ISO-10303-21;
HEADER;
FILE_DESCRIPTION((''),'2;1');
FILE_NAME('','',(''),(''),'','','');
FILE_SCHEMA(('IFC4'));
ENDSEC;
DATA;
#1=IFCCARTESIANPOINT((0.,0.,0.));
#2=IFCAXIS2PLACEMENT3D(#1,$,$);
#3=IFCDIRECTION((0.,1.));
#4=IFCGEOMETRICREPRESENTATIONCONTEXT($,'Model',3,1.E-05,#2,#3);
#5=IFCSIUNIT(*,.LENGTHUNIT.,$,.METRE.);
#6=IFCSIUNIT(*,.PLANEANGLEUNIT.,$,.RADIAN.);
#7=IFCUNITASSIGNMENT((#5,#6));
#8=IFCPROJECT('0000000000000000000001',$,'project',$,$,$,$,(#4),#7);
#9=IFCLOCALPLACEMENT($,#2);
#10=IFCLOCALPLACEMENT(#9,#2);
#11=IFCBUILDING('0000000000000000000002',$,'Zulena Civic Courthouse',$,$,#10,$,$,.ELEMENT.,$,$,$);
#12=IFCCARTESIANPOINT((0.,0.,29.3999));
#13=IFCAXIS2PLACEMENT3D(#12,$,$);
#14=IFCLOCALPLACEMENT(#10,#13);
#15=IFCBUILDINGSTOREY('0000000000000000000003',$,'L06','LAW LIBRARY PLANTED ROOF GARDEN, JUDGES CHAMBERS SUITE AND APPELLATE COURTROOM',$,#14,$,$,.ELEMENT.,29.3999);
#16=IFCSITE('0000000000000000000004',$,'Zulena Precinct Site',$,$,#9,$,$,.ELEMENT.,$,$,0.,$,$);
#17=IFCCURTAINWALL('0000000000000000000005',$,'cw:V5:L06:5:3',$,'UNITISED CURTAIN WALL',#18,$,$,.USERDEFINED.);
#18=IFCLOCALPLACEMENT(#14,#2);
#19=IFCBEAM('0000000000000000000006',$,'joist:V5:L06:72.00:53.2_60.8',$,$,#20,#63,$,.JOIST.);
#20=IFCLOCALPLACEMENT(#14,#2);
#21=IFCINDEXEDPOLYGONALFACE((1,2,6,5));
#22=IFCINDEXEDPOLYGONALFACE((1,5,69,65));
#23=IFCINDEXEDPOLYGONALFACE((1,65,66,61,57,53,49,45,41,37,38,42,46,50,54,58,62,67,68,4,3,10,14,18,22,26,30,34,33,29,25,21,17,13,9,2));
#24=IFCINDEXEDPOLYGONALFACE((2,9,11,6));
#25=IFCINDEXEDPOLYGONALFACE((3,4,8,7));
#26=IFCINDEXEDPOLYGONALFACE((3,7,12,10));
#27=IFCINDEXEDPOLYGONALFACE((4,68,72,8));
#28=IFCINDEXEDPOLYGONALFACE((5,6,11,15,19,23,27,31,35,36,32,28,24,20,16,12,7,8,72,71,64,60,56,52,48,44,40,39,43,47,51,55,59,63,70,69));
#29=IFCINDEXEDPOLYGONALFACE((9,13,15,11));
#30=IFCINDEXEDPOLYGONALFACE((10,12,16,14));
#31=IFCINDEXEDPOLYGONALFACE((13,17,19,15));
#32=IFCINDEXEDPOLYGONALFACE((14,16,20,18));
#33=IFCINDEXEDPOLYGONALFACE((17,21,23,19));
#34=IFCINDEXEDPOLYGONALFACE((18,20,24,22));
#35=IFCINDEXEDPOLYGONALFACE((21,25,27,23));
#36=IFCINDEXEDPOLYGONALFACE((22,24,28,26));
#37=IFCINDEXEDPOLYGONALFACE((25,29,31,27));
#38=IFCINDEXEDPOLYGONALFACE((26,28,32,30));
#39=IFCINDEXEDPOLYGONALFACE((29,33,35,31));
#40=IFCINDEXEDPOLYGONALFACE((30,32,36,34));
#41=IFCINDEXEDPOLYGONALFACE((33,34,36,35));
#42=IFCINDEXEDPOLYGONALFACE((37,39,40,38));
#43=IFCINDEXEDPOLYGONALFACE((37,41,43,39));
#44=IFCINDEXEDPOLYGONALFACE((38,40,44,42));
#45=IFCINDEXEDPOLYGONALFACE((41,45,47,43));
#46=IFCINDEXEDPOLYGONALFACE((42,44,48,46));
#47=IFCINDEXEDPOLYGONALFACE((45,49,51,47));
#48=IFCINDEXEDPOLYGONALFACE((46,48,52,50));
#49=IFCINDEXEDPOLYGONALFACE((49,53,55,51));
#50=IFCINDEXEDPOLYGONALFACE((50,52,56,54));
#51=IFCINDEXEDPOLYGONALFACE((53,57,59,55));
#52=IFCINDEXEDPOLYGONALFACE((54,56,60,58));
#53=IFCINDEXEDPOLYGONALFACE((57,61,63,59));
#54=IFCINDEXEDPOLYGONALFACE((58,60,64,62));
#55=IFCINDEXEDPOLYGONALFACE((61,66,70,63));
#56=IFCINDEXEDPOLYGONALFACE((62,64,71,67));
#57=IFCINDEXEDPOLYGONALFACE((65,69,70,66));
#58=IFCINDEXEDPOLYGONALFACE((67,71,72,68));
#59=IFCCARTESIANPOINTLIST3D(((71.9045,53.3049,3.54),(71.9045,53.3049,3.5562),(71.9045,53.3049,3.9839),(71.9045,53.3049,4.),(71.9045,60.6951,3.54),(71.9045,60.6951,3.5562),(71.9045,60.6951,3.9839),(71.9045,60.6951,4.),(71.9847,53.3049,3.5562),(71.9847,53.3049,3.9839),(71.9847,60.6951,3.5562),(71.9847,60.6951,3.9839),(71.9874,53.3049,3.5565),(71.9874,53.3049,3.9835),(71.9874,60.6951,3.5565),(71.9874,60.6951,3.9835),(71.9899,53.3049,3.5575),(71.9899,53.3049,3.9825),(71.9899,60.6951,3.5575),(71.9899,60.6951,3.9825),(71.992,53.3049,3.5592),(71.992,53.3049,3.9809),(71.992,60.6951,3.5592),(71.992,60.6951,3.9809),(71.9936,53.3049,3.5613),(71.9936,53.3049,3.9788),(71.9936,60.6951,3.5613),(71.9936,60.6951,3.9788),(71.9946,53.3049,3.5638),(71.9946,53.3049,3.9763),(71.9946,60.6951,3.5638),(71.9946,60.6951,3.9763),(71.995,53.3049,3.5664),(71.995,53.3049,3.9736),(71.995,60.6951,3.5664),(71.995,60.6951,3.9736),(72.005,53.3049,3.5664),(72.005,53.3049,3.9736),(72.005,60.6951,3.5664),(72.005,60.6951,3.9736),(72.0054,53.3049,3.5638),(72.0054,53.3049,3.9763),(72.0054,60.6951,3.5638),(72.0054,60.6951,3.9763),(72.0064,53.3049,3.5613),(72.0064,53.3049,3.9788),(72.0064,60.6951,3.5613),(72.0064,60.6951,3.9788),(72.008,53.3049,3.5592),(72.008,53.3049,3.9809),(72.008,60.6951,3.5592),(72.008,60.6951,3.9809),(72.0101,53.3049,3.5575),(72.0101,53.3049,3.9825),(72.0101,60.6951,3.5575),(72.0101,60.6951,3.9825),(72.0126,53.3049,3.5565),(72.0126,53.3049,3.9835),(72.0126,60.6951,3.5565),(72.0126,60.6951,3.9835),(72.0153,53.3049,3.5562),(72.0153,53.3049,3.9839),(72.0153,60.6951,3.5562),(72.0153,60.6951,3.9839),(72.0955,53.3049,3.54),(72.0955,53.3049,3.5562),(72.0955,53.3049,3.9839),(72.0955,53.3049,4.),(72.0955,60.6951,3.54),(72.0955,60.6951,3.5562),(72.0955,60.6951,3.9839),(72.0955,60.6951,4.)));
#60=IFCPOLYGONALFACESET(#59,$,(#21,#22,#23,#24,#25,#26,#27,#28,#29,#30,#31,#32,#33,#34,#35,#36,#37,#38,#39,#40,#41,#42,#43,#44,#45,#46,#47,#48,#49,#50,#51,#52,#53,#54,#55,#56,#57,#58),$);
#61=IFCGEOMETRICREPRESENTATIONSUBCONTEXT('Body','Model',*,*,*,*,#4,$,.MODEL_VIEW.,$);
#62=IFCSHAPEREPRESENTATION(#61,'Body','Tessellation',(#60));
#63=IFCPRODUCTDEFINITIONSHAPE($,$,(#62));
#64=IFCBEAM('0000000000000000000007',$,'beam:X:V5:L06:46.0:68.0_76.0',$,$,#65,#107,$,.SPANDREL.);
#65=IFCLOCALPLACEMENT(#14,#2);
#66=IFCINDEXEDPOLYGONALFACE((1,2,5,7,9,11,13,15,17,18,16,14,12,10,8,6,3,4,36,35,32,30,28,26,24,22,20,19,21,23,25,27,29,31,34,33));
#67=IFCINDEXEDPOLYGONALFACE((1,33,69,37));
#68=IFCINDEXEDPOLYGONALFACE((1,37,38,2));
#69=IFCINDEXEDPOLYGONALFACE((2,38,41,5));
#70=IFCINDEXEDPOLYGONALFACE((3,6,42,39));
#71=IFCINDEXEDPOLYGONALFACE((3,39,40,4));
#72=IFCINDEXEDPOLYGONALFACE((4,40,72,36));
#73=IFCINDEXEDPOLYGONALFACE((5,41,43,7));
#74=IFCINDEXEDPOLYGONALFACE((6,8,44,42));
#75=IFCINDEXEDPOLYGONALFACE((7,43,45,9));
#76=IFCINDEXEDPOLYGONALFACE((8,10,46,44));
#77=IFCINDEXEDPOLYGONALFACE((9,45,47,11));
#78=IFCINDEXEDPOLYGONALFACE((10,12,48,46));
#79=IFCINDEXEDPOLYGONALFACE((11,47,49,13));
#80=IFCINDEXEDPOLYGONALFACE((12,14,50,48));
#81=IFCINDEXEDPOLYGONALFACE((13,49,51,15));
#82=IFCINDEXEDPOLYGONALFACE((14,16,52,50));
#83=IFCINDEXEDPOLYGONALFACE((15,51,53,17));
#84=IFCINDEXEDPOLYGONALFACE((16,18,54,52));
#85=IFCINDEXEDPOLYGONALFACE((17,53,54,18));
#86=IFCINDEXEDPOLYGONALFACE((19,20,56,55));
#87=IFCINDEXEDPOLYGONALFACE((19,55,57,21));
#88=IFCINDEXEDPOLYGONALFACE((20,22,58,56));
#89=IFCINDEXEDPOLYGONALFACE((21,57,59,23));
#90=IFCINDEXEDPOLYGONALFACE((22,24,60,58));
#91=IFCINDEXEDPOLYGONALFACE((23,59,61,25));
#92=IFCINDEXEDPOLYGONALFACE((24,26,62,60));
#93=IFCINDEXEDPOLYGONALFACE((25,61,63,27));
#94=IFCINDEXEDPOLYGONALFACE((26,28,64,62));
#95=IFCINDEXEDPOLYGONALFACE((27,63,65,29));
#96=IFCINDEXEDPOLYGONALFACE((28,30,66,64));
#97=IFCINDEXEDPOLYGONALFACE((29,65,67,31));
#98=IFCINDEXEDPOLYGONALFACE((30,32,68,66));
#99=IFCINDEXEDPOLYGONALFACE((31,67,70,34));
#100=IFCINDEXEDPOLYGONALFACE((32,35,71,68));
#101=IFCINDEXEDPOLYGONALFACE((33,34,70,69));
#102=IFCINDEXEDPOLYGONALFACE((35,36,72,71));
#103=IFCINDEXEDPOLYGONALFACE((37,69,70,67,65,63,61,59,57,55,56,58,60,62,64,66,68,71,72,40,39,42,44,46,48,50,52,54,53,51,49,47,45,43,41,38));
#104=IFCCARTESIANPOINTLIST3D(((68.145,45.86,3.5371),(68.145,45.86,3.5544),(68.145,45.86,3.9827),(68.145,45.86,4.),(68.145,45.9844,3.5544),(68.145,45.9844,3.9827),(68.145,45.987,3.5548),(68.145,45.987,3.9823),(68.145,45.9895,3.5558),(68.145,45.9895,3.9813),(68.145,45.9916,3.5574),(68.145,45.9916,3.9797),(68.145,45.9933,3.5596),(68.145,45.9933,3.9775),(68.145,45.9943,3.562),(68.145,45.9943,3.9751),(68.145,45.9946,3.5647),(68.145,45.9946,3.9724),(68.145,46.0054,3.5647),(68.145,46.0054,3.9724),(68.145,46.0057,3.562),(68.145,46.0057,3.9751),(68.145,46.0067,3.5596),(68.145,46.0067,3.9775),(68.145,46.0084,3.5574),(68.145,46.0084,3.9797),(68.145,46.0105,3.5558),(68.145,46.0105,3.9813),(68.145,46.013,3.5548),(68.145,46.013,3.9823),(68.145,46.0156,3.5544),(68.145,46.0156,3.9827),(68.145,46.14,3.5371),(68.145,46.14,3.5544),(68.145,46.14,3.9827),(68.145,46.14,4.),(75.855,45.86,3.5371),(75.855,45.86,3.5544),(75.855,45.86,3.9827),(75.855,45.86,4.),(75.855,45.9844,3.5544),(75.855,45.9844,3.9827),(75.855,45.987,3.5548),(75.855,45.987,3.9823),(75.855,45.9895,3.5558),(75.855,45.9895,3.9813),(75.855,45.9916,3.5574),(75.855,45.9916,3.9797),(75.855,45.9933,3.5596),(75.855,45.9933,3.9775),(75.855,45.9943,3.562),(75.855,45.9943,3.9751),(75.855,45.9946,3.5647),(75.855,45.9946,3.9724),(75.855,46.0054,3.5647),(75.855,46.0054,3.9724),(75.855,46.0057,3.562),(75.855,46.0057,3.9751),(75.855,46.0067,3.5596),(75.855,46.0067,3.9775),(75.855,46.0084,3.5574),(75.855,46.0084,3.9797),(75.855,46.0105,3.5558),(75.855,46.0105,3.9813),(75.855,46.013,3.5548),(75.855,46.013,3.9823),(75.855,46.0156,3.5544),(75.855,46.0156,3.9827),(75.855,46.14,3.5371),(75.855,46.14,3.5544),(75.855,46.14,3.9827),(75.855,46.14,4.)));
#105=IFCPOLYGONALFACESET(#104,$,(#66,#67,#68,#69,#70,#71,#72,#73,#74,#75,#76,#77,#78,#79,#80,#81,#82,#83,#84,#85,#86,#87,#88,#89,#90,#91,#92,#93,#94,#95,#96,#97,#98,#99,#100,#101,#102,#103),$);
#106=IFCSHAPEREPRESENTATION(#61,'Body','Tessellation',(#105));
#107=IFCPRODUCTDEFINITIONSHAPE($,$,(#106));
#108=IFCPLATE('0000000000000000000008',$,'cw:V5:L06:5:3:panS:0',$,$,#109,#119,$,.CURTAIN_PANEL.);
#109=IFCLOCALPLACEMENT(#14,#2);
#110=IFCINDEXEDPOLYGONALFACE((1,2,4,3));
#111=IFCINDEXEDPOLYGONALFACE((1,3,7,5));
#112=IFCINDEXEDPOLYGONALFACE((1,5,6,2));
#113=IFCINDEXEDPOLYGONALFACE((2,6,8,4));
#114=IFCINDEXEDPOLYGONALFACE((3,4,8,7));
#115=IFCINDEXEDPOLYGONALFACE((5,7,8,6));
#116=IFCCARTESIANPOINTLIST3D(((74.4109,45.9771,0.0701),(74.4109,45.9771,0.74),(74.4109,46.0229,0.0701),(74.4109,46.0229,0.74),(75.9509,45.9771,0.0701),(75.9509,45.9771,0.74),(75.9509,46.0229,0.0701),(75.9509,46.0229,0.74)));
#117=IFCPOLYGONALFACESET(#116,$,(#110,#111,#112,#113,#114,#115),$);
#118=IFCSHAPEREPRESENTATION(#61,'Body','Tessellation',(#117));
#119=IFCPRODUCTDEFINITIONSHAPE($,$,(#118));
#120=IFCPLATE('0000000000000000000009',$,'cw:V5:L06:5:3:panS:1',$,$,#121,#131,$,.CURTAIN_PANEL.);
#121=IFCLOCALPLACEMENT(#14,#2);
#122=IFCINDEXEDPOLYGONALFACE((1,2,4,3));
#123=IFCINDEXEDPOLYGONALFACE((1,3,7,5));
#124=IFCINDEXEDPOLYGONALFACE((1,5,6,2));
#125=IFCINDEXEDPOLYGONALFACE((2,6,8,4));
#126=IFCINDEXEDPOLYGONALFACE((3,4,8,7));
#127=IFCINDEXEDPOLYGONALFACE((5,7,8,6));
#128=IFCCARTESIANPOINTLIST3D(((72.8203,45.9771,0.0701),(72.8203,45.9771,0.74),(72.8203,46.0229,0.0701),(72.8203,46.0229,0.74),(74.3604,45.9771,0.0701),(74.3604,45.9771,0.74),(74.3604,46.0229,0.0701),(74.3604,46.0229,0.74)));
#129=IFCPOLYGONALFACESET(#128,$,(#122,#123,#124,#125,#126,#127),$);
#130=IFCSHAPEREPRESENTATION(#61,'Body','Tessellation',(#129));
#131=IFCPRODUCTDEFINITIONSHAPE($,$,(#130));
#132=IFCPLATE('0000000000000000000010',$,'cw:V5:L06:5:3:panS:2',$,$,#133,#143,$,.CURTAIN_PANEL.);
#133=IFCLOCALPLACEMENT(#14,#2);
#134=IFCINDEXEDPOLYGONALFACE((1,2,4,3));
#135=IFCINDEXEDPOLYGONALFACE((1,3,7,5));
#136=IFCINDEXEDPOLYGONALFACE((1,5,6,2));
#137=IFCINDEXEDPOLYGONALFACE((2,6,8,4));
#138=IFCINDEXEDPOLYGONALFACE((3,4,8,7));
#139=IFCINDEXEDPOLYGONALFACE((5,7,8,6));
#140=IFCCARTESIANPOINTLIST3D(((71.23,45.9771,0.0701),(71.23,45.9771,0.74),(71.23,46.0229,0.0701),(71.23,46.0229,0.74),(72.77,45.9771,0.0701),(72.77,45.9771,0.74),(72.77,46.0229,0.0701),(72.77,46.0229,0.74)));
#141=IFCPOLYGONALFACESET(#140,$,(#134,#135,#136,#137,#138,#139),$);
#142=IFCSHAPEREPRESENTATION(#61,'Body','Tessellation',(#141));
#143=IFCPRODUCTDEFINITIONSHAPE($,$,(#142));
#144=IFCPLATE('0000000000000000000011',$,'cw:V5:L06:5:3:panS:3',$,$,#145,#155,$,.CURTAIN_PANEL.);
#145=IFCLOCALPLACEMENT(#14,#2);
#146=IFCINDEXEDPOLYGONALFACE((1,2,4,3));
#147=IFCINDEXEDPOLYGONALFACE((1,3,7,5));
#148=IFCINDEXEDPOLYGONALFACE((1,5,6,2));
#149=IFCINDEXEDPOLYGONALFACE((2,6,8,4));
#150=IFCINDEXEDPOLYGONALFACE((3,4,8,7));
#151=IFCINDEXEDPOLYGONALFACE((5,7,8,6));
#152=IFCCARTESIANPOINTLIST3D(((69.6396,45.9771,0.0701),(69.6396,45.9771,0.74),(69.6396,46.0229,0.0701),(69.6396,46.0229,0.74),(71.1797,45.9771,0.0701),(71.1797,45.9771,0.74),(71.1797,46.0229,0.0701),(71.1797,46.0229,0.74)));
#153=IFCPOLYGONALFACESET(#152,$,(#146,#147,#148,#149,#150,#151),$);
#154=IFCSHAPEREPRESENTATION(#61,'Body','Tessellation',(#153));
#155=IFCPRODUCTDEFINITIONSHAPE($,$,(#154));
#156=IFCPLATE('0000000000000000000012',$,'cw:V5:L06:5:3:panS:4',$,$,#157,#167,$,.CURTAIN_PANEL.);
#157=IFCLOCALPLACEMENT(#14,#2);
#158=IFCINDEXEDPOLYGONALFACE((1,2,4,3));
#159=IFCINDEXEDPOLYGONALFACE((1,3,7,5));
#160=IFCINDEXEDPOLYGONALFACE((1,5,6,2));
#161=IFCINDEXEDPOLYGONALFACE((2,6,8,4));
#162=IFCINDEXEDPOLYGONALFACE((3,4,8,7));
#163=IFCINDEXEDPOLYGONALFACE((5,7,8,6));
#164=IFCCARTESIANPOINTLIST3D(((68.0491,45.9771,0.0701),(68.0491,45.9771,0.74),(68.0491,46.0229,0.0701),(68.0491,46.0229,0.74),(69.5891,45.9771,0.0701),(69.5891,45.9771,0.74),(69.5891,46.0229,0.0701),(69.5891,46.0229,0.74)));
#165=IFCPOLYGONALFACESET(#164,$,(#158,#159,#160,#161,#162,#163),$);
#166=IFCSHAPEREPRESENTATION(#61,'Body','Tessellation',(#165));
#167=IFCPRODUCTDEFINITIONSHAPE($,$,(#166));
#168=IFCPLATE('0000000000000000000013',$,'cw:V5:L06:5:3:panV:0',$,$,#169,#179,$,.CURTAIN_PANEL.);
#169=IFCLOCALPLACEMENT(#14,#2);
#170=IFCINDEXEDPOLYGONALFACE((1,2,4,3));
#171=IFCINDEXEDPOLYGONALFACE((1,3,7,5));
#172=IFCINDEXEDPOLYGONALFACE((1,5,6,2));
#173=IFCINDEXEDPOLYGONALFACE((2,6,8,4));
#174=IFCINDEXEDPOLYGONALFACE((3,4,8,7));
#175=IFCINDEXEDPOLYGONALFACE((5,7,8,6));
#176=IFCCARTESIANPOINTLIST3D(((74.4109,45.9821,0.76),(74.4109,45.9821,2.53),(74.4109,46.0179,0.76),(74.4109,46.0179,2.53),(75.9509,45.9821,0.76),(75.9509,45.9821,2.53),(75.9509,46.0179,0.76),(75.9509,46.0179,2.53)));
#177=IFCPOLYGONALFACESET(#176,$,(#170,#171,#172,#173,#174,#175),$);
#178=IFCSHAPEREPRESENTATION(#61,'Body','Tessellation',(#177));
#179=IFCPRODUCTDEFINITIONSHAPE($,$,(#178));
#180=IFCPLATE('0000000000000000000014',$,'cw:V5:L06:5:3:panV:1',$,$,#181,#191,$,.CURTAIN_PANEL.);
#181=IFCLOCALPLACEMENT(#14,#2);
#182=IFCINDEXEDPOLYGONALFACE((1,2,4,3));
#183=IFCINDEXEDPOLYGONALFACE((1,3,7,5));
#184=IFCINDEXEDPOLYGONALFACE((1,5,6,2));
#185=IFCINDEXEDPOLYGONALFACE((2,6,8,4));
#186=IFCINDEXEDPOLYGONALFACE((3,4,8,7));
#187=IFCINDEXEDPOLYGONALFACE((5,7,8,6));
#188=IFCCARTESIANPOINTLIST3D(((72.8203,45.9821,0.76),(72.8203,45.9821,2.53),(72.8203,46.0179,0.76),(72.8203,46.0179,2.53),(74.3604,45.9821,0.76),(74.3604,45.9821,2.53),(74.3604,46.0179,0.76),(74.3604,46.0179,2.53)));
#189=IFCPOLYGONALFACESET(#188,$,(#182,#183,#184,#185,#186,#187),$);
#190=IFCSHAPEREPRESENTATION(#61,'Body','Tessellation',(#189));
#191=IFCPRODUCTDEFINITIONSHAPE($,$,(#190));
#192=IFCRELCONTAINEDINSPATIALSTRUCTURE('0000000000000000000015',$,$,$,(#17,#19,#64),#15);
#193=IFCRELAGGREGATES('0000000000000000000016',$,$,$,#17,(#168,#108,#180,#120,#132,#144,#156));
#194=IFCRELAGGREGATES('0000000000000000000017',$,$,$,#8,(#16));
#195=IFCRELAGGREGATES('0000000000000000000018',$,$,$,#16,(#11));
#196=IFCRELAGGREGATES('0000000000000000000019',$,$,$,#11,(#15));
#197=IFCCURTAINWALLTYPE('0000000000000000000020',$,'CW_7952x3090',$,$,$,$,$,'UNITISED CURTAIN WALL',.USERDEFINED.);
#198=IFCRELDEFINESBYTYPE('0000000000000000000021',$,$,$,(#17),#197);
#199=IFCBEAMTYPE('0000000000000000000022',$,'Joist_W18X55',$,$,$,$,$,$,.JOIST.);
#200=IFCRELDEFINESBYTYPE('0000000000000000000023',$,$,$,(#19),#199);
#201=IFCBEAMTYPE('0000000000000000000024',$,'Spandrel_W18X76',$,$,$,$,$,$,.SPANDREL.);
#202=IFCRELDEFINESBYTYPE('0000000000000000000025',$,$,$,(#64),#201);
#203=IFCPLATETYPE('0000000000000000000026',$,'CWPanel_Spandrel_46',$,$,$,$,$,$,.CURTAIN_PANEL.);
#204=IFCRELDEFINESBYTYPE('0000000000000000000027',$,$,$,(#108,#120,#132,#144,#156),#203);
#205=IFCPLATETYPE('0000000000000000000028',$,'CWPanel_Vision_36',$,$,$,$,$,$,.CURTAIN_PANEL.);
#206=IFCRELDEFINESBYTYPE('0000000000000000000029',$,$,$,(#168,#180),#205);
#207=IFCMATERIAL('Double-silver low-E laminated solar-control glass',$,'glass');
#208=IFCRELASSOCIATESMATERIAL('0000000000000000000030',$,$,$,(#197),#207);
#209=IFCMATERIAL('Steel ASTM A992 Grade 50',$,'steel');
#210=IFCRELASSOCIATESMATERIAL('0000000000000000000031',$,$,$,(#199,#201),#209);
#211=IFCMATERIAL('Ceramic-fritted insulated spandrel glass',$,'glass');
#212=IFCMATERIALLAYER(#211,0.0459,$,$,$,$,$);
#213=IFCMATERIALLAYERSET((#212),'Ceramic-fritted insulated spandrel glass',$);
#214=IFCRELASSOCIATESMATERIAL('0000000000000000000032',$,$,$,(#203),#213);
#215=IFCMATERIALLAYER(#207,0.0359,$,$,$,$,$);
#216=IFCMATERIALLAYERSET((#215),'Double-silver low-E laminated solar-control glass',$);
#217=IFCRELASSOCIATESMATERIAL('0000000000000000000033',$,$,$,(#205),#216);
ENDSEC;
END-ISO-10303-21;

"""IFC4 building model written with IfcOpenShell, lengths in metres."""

from ifc_helpers import new_model, si_unit, direction, frame, origin, origin_2d, place, context, subcontext, project, spatial, rectangle, i_section, extrude, material, layer, layer_set, material_profile, profile_set, type_object, element, aggregate, save


model = new_model("IFC4")

# Units and contexts
model_context = context("Model", 3, precision=1e-05, world=origin(), true_north=direction((0.0, 1.0)))
body_context = subcontext(model_context, "Body", "Model", "MODEL_VIEW")
ifc_project = project(units=[si_unit("LENGTHUNIT", "METRE"), si_unit("PLANEANGLEUNIT", "RADIAN")], contexts=[model_context])

# Site, building, storey
site_placement = place(None, origin())
site = spatial("IfcSite", under=ifc_project, at=site_placement, Name="Zulena Precinct Site", CompositionType="ELEMENT", RefElevation=0.0)
building_placement = place(site_placement, origin())
building = spatial("IfcBuilding", under=site, at=building_placement, Name="Zulena Civic Courthouse", CompositionType="ELEMENT")
storey_placement = place(building_placement, frame((0.0, 0.0, 29.3999)))
storey = spatial("IfcBuildingStorey", under=building, at=storey_placement, Name="L06", Description="LAW LIBRARY PLANTED ROOF GARDEN, JUDGES CHAMBERS SUITE AND APPELLATE COURTROOM", CompositionType="ELEMENT", Elevation=29.3999)

# Shared definitions
ifc_material_1 = material(Name="Steel ASTM A992 Grade 50", Category="steel")

# Curtain wall
ifc_material_2 = material(Name="Double-silver low-E laminated solar-control glass", Category="glass")
curtain_wall_type = type_object("IfcCurtainWallType", Name="CW_7952x3090", ElementType="UNITISED CURTAIN WALL", PredefinedType="USERDEFINED", material=ifc_material_2)
curtain_wall_placement = place(storey_placement, origin())
curtain_wall = element("IfcCurtainWall", 1, at=curtain_wall_placement, inside=storey, type_object=curtain_wall_type, Name="cw:V5:L06:5:3", ObjectType="UNITISED CURTAIN WALL", PredefinedType="USERDEFINED")

# Beams
ifc_material_profile_1 = material_profile(ifc_material_1, i_section(OverallWidth=0.1909, OverallDepth=0.46, WebThickness=0.01, FlangeThickness=0.0161, FilletRadius=0.0103, at=origin_2d()), Name="W18X55")
ifc_profile_set_1 = profile_set([ifc_material_profile_1], Name="Steel ASTM A992 Grade 50")
beam_type_1 = type_object("IfcBeamType", Name="Joist_W18X55", PredefinedType="JOIST", material=ifc_profile_set_1)
beam_1_placement = place(storey_placement, frame((72.0, 53.3049, 3.77), z_axis=(0.0, 1.0, 0.0), x_axis=(-1.0, 0.0, 0.0)))
element("IfcBeam", 2, at=beam_1_placement, inside=storey, type_object=beam_type_1, Name="joist:V5:L06:72.00:53.2_60.8", PredefinedType="JOIST", context=body_context, shape_type="SweptSolid", body=[
    extrude(i_section(OverallWidth=0.1909, OverallDepth=0.46, WebThickness=0.01, FlangeThickness=0.0161, FilletRadius=0.0103, at=origin_2d()), origin(), (0.0, 0.0, 1.0), 7.3901),
])
ifc_material_profile_2 = material_profile(ifc_material_1, i_section(OverallWidth=0.28, OverallDepth=0.4629, WebThickness=0.0107, FlangeThickness=0.0173, FilletRadius=0.0103, at=origin_2d()), Name="W18X76")
ifc_profile_set_2 = profile_set([ifc_material_profile_2], Name="Steel ASTM A992 Grade 50")
beam_type_2 = type_object("IfcBeamType", Name="Spandrel_W18X76", PredefinedType="SPANDREL", material=ifc_profile_set_2)
beam_2_placement = place(storey_placement, frame((68.145, 46.0, 3.7686), z_axis=(1.0, 0.0, 0.0), x_axis=(0.0, 1.0, 0.0)))
element("IfcBeam", 3, at=beam_2_placement, inside=storey, type_object=beam_type_2, Name="beam:X:V5:L06:46.0:68.0_76.0", PredefinedType="SPANDREL", context=body_context, shape_type="SweptSolid", body=[
    extrude(i_section(OverallWidth=0.28, OverallDepth=0.4629, WebThickness=0.0107, FlangeThickness=0.0173, FilletRadius=0.0103, at=origin_2d()), origin(), (0.0, 0.0, 1.0), 7.71),
])

# Plates
ifc_material_3 = material(Name="Ceramic-fritted insulated spandrel glass", Category="glass")
ifc_layer_1 = layer(ifc_material_3, 0.0459)
ifc_layer_set_1 = layer_set([ifc_layer_1], Name="Ceramic-fritted insulated spandrel glass")
plate_type_1 = type_object("IfcPlateType", Name="CWPanel_Spandrel_46", PredefinedType="CURTAIN_PANEL", material=ifc_layer_set_1)
plate_1_placement = place(storey_placement, frame((75.1809, 46.0, 0.0701), z_axis=(0.0, 0.0, 1.0), x_axis=(-1.0, 0.0, 0.0)))
plate_1 = element("IfcPlate", 4, at=plate_1_placement, type_object=plate_type_1, Name="cw:V5:L06:5:3:panS:0", PredefinedType="CURTAIN_PANEL", context=body_context, shape_type="SweptSolid", body=[
    extrude(rectangle(XDim=1.54, YDim=0.0459, at=origin_2d()), origin(), (0.0, 0.0, 1.0), 0.6699),
])
plate_2_placement = place(storey_placement, frame((73.5903, 46.0, 0.0701), z_axis=(0.0, 0.0, 1.0), x_axis=(-1.0, 0.0, 0.0)))
plate_2 = element("IfcPlate", 5, at=plate_2_placement, type_object=plate_type_1, Name="cw:V5:L06:5:3:panS:1", PredefinedType="CURTAIN_PANEL", context=body_context, shape_type="SweptSolid", body=[
    extrude(rectangle(XDim=1.54, YDim=0.0459, at=origin_2d()), origin(), (0.0, 0.0, 1.0), 0.6699),
])
plate_3_placement = place(storey_placement, frame((72.0, 46.0, 0.0701), z_axis=(0.0, 0.0, 1.0), x_axis=(-1.0, 0.0, 0.0)))
plate_3 = element("IfcPlate", 6, at=plate_3_placement, type_object=plate_type_1, Name="cw:V5:L06:5:3:panS:2", PredefinedType="CURTAIN_PANEL", context=body_context, shape_type="SweptSolid", body=[
    extrude(rectangle(XDim=1.54, YDim=0.0459, at=origin_2d()), origin(), (0.0, 0.0, 1.0), 0.6699),
])
plate_4_placement = place(storey_placement, frame((70.4097, 46.0, 0.0701), z_axis=(0.0, 0.0, 1.0), x_axis=(-1.0, 0.0, 0.0)))
plate_4 = element("IfcPlate", 7, at=plate_4_placement, type_object=plate_type_1, Name="cw:V5:L06:5:3:panS:3", PredefinedType="CURTAIN_PANEL", context=body_context, shape_type="SweptSolid", body=[
    extrude(rectangle(XDim=1.54, YDim=0.0459, at=origin_2d()), origin(), (0.0, 0.0, 1.0), 0.6699),
])
plate_5_placement = place(storey_placement, frame((68.8191, 46.0, 0.0701), z_axis=(0.0, 0.0, 1.0), x_axis=(-1.0, 0.0, 0.0)))
plate_5 = element("IfcPlate", 8, at=plate_5_placement, type_object=plate_type_1, Name="cw:V5:L06:5:3:panS:4", PredefinedType="CURTAIN_PANEL", context=body_context, shape_type="SweptSolid", body=[
    extrude(rectangle(XDim=1.54, YDim=0.0459, at=origin_2d()), origin(), (0.0, 0.0, 1.0), 0.6699),
])
ifc_layer_2 = layer(ifc_material_2, 0.0359)
ifc_layer_set_2 = layer_set([ifc_layer_2], Name="Double-silver low-E laminated solar-control glass")
plate_type_2 = type_object("IfcPlateType", Name="CWPanel_Vision_36", PredefinedType="CURTAIN_PANEL", material=ifc_layer_set_2)
plate_6_placement = place(storey_placement, frame((75.1809, 46.0, 0.76), z_axis=(0.0, 0.0, 1.0), x_axis=(-1.0, 0.0, 0.0)))
plate_6 = element("IfcPlate", 9, at=plate_6_placement, type_object=plate_type_2, Name="cw:V5:L06:5:3:panV:0", PredefinedType="CURTAIN_PANEL", context=body_context, shape_type="SweptSolid", body=[
    extrude(rectangle(XDim=1.54, YDim=0.0359, at=origin_2d()), origin(), (0.0, 0.0, 1.0), 1.77),
])
plate_7_placement = place(storey_placement, frame((73.5903, 46.0, 0.76), z_axis=(0.0, 0.0, 1.0), x_axis=(-1.0, 0.0, 0.0)))
plate_7 = element("IfcPlate", 10, at=plate_7_placement, type_object=plate_type_2, Name="cw:V5:L06:5:3:panV:1", PredefinedType="CURTAIN_PANEL", context=body_context, shape_type="SweptSolid", body=[
    extrude(rectangle(XDim=1.54, YDim=0.0359, at=origin_2d()), origin(), (0.0, 0.0, 1.0), 1.77),
])
aggregate(curtain_wall, [plate_6, plate_1, plate_7, plate_2, plate_3, plate_4, plate_5])

save(model, "model.ifc")
